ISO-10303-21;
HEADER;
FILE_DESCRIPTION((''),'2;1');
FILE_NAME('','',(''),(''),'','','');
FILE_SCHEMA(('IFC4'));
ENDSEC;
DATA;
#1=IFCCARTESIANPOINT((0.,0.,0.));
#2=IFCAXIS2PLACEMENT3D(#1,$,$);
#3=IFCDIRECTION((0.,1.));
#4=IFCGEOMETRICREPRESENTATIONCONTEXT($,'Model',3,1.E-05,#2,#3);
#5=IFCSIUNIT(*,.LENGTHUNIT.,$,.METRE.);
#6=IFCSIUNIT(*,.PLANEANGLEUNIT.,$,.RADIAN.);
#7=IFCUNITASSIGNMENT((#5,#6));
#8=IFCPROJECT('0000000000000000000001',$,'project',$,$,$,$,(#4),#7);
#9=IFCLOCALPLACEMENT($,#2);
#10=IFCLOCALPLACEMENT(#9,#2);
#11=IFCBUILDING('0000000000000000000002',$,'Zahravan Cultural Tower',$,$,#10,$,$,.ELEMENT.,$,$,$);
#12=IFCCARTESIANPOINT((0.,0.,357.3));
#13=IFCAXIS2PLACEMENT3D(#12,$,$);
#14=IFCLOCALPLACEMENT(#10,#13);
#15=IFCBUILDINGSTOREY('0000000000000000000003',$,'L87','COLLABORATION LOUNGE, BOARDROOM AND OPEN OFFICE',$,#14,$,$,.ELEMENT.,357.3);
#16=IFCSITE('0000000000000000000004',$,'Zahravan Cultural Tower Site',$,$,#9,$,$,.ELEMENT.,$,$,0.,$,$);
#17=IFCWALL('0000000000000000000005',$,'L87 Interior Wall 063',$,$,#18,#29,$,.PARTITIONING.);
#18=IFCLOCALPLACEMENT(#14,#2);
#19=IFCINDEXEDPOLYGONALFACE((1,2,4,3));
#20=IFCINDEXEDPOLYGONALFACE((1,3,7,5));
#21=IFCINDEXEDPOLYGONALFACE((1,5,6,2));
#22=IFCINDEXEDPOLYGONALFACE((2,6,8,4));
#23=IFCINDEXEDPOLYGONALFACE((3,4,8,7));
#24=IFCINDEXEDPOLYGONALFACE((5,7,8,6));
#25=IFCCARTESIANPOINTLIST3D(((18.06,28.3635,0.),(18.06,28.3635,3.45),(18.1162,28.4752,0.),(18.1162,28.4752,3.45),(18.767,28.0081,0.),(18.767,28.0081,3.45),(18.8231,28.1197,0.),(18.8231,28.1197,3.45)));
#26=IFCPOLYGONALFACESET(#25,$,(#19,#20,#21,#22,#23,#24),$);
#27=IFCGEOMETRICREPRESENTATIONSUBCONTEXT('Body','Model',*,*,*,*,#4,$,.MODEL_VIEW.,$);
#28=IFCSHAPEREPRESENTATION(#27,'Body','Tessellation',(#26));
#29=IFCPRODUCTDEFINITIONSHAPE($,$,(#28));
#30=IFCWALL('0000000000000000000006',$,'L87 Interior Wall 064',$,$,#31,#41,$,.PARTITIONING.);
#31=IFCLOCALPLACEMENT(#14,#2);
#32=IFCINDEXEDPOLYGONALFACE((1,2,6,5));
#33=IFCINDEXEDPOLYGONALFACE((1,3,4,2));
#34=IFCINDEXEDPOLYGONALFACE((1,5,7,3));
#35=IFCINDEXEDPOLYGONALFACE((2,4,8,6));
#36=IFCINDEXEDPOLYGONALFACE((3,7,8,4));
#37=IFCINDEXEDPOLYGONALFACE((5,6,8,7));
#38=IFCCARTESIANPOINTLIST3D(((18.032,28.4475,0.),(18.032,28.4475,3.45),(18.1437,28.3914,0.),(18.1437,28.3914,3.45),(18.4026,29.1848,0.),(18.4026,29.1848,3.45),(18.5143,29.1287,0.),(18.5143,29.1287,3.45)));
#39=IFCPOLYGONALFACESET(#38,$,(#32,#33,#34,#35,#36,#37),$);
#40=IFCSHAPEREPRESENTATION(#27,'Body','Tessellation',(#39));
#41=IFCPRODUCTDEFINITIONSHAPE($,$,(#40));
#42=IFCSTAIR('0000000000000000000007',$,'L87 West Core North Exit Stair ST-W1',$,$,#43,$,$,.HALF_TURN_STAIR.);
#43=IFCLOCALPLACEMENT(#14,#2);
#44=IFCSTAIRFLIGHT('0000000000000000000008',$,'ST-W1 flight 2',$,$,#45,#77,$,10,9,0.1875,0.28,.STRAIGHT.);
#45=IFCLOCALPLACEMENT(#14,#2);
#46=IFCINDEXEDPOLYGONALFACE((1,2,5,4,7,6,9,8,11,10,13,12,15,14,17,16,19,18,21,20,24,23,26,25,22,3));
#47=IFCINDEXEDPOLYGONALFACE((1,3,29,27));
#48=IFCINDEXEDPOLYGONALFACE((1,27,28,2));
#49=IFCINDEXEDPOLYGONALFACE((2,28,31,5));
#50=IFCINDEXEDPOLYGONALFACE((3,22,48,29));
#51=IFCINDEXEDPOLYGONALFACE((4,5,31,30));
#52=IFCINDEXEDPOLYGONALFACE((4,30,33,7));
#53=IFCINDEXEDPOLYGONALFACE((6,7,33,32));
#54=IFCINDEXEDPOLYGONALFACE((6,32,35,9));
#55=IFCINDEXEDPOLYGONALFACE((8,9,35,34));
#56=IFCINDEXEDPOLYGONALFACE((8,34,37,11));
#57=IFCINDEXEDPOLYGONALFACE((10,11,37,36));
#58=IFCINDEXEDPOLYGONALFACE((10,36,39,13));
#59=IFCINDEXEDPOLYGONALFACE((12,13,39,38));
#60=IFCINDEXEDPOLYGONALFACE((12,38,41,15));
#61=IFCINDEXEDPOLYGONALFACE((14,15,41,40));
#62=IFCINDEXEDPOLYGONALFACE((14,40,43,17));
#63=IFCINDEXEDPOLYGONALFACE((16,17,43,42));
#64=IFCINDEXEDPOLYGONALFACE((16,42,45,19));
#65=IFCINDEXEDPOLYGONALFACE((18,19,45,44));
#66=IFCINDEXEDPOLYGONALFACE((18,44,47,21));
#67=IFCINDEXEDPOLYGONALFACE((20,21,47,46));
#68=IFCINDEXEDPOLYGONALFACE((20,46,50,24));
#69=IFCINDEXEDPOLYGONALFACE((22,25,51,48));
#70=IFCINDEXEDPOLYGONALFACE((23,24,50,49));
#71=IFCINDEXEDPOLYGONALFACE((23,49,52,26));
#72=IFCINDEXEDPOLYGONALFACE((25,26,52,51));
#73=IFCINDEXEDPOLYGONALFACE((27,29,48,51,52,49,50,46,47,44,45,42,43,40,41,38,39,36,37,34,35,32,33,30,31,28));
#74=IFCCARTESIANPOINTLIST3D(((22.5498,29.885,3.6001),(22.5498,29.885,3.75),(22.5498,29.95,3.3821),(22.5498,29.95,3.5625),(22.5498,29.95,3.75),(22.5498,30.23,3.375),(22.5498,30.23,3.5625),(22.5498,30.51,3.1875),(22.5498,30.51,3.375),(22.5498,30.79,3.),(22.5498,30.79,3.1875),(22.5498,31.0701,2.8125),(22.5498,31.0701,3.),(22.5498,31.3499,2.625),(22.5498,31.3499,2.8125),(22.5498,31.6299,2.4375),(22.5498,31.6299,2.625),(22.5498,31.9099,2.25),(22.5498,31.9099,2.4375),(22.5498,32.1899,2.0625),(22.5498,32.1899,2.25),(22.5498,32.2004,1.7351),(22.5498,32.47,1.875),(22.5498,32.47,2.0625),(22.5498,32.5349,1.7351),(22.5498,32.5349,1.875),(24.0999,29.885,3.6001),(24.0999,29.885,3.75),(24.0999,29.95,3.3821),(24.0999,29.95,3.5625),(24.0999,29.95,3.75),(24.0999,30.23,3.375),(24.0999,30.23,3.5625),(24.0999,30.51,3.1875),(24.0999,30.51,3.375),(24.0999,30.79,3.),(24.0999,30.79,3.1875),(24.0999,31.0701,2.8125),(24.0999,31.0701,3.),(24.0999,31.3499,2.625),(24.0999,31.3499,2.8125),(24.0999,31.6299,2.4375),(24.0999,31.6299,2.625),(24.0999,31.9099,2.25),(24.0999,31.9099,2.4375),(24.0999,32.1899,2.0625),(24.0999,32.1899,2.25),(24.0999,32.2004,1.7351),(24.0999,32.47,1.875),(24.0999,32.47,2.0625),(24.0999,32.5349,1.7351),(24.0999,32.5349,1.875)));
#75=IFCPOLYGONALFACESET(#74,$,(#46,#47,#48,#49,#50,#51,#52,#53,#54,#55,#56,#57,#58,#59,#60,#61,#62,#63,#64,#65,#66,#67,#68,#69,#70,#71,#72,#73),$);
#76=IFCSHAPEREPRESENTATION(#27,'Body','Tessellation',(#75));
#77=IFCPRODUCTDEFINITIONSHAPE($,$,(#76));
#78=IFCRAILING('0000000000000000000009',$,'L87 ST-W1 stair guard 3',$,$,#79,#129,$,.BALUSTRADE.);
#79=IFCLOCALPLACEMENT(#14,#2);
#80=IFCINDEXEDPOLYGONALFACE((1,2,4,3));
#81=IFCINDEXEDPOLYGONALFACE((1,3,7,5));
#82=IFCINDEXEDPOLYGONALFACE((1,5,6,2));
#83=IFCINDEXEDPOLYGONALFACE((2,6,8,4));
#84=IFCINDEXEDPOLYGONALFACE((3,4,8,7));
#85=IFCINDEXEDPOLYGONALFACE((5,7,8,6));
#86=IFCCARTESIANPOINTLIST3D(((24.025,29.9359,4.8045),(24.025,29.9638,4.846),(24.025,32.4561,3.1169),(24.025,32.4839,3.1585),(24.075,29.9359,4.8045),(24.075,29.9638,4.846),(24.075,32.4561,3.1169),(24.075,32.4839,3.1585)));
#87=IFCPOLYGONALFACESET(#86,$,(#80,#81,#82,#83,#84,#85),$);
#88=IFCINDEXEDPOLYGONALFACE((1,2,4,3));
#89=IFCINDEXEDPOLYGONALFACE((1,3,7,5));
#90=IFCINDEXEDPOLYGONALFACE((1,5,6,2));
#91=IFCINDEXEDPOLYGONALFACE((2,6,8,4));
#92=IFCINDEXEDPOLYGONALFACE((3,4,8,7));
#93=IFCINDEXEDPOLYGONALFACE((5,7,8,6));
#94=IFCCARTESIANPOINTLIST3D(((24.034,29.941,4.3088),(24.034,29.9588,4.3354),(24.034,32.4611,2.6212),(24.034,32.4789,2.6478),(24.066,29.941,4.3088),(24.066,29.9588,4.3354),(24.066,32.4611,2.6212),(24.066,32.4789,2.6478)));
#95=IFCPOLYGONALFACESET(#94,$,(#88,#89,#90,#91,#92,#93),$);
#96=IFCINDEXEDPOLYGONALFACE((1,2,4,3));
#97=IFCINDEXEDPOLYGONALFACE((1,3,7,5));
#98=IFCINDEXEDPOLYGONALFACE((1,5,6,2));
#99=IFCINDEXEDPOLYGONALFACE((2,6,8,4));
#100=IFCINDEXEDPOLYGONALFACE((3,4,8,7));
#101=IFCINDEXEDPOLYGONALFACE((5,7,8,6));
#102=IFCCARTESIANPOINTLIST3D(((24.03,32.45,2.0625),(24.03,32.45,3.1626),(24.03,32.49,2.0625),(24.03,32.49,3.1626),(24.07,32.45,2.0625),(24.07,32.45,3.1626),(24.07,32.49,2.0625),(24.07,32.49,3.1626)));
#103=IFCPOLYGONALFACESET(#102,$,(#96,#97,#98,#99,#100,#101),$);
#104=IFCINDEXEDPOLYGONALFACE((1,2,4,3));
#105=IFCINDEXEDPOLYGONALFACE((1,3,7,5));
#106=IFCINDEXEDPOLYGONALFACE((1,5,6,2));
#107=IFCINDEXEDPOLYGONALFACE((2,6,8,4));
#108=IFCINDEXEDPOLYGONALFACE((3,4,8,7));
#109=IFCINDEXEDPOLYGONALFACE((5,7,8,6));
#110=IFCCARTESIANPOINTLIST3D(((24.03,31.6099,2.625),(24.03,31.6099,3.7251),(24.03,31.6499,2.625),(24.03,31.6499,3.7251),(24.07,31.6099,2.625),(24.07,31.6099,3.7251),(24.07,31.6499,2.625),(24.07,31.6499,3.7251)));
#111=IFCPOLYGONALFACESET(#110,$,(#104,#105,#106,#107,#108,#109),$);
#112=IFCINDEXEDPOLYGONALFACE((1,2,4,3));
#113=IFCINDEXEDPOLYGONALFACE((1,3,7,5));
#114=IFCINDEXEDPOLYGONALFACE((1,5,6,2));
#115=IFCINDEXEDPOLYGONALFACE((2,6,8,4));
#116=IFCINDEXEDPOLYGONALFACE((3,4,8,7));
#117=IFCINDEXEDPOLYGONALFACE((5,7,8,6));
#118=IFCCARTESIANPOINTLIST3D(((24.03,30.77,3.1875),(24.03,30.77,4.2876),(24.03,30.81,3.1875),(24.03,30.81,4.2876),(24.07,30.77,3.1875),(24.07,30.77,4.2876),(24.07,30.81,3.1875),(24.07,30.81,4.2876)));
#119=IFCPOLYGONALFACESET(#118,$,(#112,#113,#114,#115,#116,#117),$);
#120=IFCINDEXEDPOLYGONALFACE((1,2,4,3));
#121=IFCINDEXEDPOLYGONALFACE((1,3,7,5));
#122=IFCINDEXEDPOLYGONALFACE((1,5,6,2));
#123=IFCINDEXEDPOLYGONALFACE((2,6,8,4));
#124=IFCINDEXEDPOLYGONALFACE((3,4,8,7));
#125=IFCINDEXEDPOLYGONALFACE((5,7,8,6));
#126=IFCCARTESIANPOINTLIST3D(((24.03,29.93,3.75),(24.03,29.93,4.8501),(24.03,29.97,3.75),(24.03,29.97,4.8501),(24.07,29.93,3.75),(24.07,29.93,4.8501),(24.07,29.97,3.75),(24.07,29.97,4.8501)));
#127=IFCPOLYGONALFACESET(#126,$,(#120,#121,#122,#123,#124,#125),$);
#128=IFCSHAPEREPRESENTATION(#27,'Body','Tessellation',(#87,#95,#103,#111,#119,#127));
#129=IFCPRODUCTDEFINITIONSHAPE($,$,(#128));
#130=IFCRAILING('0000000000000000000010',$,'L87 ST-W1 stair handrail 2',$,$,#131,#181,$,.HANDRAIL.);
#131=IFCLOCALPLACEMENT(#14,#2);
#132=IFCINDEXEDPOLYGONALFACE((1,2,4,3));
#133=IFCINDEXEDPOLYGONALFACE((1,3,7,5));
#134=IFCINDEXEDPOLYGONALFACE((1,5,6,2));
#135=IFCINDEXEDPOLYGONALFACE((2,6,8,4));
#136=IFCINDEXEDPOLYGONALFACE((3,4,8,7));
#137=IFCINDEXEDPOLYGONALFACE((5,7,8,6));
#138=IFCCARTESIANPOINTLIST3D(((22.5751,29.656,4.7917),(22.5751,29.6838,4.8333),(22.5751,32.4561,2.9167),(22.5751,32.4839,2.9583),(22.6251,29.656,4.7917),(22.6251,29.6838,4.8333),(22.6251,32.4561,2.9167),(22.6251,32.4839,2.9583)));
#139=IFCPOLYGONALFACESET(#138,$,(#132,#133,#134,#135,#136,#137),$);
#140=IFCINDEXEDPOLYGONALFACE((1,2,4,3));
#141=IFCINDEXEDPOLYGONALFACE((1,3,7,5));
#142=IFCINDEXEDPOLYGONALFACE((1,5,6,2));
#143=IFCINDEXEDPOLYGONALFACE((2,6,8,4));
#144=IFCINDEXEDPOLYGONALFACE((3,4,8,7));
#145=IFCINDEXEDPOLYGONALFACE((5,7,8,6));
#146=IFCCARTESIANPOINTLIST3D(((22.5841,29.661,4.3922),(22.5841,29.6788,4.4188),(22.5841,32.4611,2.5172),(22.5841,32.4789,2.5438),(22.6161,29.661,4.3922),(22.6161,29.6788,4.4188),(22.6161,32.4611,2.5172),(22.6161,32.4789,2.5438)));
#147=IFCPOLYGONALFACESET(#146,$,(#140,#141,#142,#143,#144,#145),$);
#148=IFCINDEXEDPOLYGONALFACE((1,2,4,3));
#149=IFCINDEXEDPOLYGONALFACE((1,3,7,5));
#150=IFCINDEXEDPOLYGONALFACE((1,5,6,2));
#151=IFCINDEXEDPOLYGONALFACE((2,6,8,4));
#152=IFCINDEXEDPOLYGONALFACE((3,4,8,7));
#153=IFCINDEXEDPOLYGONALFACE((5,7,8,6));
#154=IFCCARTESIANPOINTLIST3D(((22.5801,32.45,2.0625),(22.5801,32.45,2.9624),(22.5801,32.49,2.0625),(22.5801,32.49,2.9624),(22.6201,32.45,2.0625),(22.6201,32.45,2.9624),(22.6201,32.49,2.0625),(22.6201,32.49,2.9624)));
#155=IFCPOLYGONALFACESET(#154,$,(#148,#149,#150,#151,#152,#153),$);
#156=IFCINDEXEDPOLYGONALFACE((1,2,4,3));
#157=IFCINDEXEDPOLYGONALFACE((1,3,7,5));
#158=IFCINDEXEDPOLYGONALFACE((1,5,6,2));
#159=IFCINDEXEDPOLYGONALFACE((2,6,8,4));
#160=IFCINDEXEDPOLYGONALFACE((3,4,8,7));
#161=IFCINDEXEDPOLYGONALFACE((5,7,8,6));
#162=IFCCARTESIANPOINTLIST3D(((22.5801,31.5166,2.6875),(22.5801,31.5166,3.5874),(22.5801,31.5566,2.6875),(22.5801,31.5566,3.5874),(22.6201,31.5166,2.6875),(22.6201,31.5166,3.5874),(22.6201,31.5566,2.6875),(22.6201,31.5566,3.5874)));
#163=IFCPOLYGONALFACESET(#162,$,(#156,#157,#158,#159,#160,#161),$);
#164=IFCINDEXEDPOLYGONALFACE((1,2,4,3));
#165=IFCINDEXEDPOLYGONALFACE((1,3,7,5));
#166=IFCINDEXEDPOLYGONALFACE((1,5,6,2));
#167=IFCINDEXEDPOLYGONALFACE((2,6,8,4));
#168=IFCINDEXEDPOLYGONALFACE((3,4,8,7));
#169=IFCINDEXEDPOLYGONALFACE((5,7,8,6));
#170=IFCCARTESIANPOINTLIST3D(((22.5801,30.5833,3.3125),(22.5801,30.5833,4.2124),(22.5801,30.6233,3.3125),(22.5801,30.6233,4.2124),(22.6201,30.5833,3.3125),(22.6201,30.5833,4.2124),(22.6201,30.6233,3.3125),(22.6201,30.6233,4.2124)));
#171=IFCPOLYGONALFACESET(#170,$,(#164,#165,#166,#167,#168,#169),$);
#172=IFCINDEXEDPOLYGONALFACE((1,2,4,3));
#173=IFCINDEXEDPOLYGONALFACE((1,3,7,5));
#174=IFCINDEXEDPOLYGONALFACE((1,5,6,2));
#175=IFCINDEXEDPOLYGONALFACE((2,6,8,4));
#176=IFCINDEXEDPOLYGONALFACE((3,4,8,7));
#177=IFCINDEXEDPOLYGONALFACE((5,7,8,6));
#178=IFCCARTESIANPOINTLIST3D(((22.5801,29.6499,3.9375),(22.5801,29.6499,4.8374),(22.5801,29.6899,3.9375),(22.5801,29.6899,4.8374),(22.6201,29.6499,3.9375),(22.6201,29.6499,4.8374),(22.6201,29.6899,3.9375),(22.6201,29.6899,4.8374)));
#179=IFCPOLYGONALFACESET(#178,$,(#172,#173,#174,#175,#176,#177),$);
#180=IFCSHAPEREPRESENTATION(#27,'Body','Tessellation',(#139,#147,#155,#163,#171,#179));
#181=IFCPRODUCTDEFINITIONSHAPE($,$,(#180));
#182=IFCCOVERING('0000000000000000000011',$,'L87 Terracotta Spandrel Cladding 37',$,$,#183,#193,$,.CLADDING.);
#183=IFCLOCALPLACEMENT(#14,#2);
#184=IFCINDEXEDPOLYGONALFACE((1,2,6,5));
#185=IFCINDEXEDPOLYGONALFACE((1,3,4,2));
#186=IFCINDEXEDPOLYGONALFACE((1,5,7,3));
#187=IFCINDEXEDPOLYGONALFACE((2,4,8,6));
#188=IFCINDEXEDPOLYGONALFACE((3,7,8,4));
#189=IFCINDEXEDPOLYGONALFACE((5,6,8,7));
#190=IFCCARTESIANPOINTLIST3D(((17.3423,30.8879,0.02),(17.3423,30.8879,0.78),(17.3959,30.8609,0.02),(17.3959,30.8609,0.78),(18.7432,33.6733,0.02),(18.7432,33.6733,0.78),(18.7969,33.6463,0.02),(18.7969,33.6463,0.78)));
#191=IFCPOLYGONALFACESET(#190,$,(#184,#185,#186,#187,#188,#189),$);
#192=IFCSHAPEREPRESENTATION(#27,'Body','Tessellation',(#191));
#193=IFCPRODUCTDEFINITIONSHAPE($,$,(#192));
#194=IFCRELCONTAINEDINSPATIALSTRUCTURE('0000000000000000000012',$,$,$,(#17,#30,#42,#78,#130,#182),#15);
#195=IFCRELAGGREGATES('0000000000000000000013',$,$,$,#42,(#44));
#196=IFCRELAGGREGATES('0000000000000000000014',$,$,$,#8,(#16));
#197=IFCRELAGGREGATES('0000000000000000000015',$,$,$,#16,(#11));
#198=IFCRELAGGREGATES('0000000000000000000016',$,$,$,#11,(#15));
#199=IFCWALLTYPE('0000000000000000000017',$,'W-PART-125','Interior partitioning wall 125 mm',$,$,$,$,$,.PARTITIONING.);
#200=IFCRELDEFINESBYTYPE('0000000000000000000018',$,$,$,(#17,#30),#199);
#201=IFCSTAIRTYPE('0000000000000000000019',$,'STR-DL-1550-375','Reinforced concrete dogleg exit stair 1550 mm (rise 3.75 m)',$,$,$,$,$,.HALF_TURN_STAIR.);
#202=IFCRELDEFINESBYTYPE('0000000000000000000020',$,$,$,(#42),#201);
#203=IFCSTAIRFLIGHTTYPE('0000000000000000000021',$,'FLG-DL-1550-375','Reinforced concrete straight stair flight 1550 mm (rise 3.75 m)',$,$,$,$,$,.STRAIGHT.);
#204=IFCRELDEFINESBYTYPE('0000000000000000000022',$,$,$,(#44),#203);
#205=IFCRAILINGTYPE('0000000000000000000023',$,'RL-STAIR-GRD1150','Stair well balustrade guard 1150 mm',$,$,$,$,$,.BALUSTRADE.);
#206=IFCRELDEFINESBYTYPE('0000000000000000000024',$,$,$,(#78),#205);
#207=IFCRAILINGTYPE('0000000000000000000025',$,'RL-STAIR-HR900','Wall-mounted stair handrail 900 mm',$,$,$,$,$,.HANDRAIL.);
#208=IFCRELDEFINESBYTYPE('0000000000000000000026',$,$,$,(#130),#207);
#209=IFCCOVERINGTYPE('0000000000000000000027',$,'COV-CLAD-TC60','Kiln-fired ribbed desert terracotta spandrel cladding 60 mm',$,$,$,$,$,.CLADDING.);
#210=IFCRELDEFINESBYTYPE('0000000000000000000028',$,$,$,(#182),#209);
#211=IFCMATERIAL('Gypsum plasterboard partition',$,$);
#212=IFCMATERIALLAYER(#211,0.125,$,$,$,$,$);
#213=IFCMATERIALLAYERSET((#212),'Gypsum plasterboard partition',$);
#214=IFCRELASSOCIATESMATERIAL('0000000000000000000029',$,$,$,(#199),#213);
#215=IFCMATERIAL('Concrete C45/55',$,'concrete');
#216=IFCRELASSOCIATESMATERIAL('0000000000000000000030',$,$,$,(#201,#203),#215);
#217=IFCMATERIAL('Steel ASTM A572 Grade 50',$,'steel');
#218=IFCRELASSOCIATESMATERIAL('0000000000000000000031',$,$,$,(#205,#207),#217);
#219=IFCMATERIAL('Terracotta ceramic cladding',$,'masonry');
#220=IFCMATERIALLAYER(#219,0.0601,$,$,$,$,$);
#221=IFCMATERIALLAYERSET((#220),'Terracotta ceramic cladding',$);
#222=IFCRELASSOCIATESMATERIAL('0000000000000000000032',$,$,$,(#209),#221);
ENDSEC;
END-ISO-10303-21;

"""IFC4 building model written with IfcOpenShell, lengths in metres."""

from ifc_helpers import new_model, si_unit, direction, frame, frame_2d, origin, origin_2d, place, context, subcontext, project, spatial, polyline, rectangle, outline, extrude, source, transform, mapped, material, layer, layer_set, type_object, element, aggregate, save


model = new_model("IFC4")

# Units and contexts
model_context = context("Model", 3, precision=1e-05, world=origin(), true_north=direction((0.0, 1.0)))
body_context = subcontext(model_context, "Body", "Model", "MODEL_VIEW")
ifc_project = project(units=[si_unit("LENGTHUNIT", "METRE"), si_unit("PLANEANGLEUNIT", "RADIAN")], contexts=[model_context])

# Site, building, storey
site_placement = place(None, origin())
site = spatial("IfcSite", under=ifc_project, at=site_placement, Name="Zahravan Cultural Tower Site", CompositionType="ELEMENT", RefElevation=0.0)
building_placement = place(site_placement, origin())
building = spatial("IfcBuilding", under=site, at=building_placement, Name="Zahravan Cultural Tower", CompositionType="ELEMENT")
storey_placement = place(building_placement, frame((0.0, 0.0, 357.3)))
storey = spatial("IfcBuildingStorey", under=building, at=storey_placement, Name="L87", Description="COLLABORATION LOUNGE, BOARDROOM AND OPEN OFFICE", CompositionType="ELEMENT", Elevation=357.3)

# Shared definitions
ifc_material_1 = material(Name="Gypsum plasterboard partition")
ifc_layer_1 = layer(ifc_material_1, 0.125)
ifc_layer_set_1 = layer_set([ifc_layer_1], Name="Gypsum plasterboard partition")
wall_type_1 = type_object("IfcWallType", Name="W-PART-125", Description="Interior partitioning wall 125 mm", PredefinedType="PARTITIONING", material=ifc_layer_set_1)

# Walls
ifc_material_2 = material(Name="Concrete C45/55", Category="concrete")
shared_shape_1 = source(origin(), body_context, "Body", "SweptSolid", [
    extrude(rectangle(XDim=0.7913, YDim=0.125, at=frame_2d((0.3955, 0.0))), origin(), (0.0, 0.0, 1.0), 3.45),
])
wall_1_placement = place(storey_placement, frame((18.7949, 28.064, 0.0), z_axis=(0.0, 0.0, 1.0), x_axis=(-0.893438, 0.449187, 0.0)))
element("IfcWall", 1, at=wall_1_placement, inside=storey, type_object=wall_type_1, Name="L87 Interior Wall 063", PredefinedType="PARTITIONING", context=body_context, shape_type="MappedRepresentation", body=[
    mapped(shared_shape_1, transform((0.0, 0.0, 0.0), x_axis=(1.0, 0.0, 0.0), y_axis=(0.0, 1.0, 0.0), z_axis=(0.0, 0.0, 1.0), scale=1.0)),
])
shared_shape_2 = source(origin(), body_context, "Body", "SweptSolid", [
    extrude(rectangle(XDim=0.8252, YDim=0.125, at=frame_2d((0.4126, 0.0))), origin(), (0.0, 0.0, 1.0), 3.45),
])
wall_2_placement = place(storey_placement, frame((18.0879, 28.4194, 0.0), z_axis=(0.0, 0.0, 1.0), x_axis=(0.449106, 0.893478, 0.0)))
element("IfcWall", 2, at=wall_2_placement, inside=storey, type_object=wall_type_1, Name="L87 Interior Wall 064", PredefinedType="PARTITIONING", context=body_context, shape_type="MappedRepresentation", body=[
    mapped(shared_shape_2, transform((0.0, 0.0, 0.0), x_axis=(1.0, 0.0, 0.0), y_axis=(0.0, 1.0, 0.0), z_axis=(0.0, 0.0, 1.0), scale=1.0)),
])

# Stair, stair flight
stair_type = type_object("IfcStairType", Name="STR-DL-1550-375", Description="Reinforced concrete dogleg exit stair 1550 mm (rise 3.75 m)", PredefinedType="HALF_TURN_STAIR", material=ifc_material_2)
stair_placement = place(storey_placement, origin())
stair = element("IfcStair", 3, at=stair_placement, inside=storey, type_object=stair_type, Name="L87 West Core North Exit Stair ST-W1", PredefinedType="HALF_TURN_STAIR")
stair_flight_type = type_object("IfcStairFlightType", Name="FLG-DL-1550-375", Description="Reinforced concrete straight stair flight 1550 mm (rise 3.75 m)", PredefinedType="STRAIGHT", material=ifc_material_2)
stair_flight_placement = place(storey_placement, frame((23.325, 32.47, 1.875), z_axis=(0.0, 0.0, 1.0), x_axis=(0.0, -1.0, 0.0)))
stair_flight = element("IfcStairFlight", 4, at=stair_flight_placement, type_object=stair_flight_type, Name="ST-W1 flight 2", NumberOfRisers=10, NumberOfTreads=9, PredefinedType="STRAIGHT", RiserHeight=0.1875, TreadLength=0.28, context=body_context, shape_type="SweptSolid", body=[
    extrude(outline(polyline([(-0.0649, -0.1399), (-0.0649, 0.0), (0.0, 0.0), (0.0, 0.1875), (0.28, 0.1875), (0.28, 0.375), (0.5601, 0.375), (0.5601, 0.5625), (0.8401, 0.5625), (0.8401, 0.75), (1.1201, 0.75), (1.1201, 0.9375), (1.3999, 0.9375), (1.3999, 1.125), (1.6799, 1.125), (1.6799, 1.3125), (1.96, 1.3125), (1.96, 1.5), (2.24, 1.5), (2.24, 1.6875), (2.52, 1.6875), (2.52, 1.875), (2.585, 1.875), (2.585, 1.7251), (2.52, 1.5071), (0.2695, -0.1399), (-0.0649, -0.1399)])), frame((0.0, 0.7749, 0.0), z_axis=(0.0, -1.0, 0.0), x_axis=(1.0, 0.0, 0.0)), (0.0, 0.0, 1.0), 1.55),
])
aggregate(stair, [stair_flight])

# Railings
ifc_material_3 = material(Name="Steel ASTM A572 Grade 50", Category="steel")
railing_type_1 = type_object("IfcRailingType", Name="RL-STAIR-GRD1150", Description="Stair well balustrade guard 1150 mm", PredefinedType="BALUSTRADE", material=ifc_material_3)
railing_1_placement = place(storey_placement, frame((24.05, 32.47, 2.0625)))
element("IfcRailing", 5, at=railing_1_placement, inside=storey, type_object=railing_type_1, Name="L87 ST-W1 stair guard 3", PredefinedType="BALUSTRADE", context=body_context, shape_type="SweptSolid", body=[
    extrude(rectangle(XDim=0.05, YDim=0.05, at=origin_2d()), frame((0.0, 0.0, 1.0752), z_axis=(0.0, -0.830909, 0.556408), x_axis=(1.0, 0.0, 0.0)), (0.0, 0.0, 1.0), 3.033),
    extrude(rectangle(XDim=0.032, YDim=0.032, at=origin_2d()), frame((0.0, 0.0, 0.572), z_axis=(0.0, -0.830909, 0.556408), x_axis=(1.0, 0.0, 0.0)), (0.0, 0.0, 1.0), 3.033),
    extrude(rectangle(XDim=0.04, YDim=0.04, at=origin_2d()), origin(), (0.0, 0.0, 1.0), 1.1001),
    extrude(rectangle(XDim=0.04, YDim=0.04, at=origin_2d()), frame((0.0, -0.8401, 0.5625)), (0.0, 0.0, 1.0), 1.1001),
    extrude(rectangle(XDim=0.04, YDim=0.04, at=origin_2d()), frame((0.0, -1.6799, 1.125)), (0.0, 0.0, 1.0), 1.1001),
    extrude(rectangle(XDim=0.04, YDim=0.04, at=origin_2d()), frame((0.0, -2.52, 1.6875)), (0.0, 0.0, 1.0), 1.1001),
])
railing_type_2 = type_object("IfcRailingType", Name="RL-STAIR-HR900", Description="Wall-mounted stair handrail 900 mm", PredefinedType="HANDRAIL", material=ifc_material_3)
railing_2_placement = place(storey_placement, frame((22.6001, 32.47, 2.0625)))
element("IfcRailing", 6, at=railing_2_placement, inside=storey, type_object=railing_type_2, Name="L87 ST-W1 stair handrail 2", PredefinedType="HANDRAIL", context=body_context, shape_type="SweptSolid", body=[
    extrude(rectangle(XDim=0.05, YDim=0.05, at=origin_2d()), frame((0.0, 0.0, 0.875), z_axis=(0.0, -0.830912, 0.556404), x_axis=(1.0, 0.0, 0.0)), (0.0, 0.0, 1.0), 3.3699),
    extrude(rectangle(XDim=0.032, YDim=0.032, at=origin_2d()), frame((0.0, 0.0, 0.468), z_axis=(0.0, -0.830912, 0.556404), x_axis=(1.0, 0.0, 0.0)), (0.0, 0.0, 1.0), 3.3699),
    extrude(rectangle(XDim=0.04, YDim=0.04, at=origin_2d()), origin(), (0.0, 0.0, 1.0), 0.8999),
    extrude(rectangle(XDim=0.04, YDim=0.04, at=origin_2d()), frame((0.0, -0.9333, 0.625)), (0.0, 0.0, 1.0), 0.8999),
    extrude(rectangle(XDim=0.04, YDim=0.04, at=origin_2d()), frame((0.0, -1.8667, 1.25)), (0.0, 0.0, 1.0), 0.8999),
    extrude(rectangle(XDim=0.04, YDim=0.04, at=origin_2d()), frame((0.0, -2.8, 1.875)), (0.0, 0.0, 1.0), 0.8999),
])

# Covering
ifc_material_4 = material(Name="Terracotta ceramic cladding", Category="masonry")
ifc_layer_2 = layer(ifc_material_4, 0.0601)
ifc_layer_set_2 = layer_set([ifc_layer_2], Name="Terracotta ceramic cladding")
covering_type = type_object("IfcCoveringType", Name="COV-CLAD-TC60", Description="Kiln-fired ribbed desert terracotta spandrel cladding 60 mm", PredefinedType="CLADDING", material=ifc_layer_set_2)
shared_shape_3 = source(origin(), body_context, "Body", "SweptSolid", [
    extrude(rectangle(XDim=3.1179, YDim=0.0601, at=origin_2d()), origin(), (0.0, 0.0, 1.0), 0.76),
])
covering_placement = place(storey_placement, frame((18.0696, 32.2671, 0.02), z_axis=(0.0, 0.0, 1.0), x_axis=(0.449319, 0.893371, 0.0)))
element("IfcCovering", 7, at=covering_placement, inside=storey, type_object=covering_type, Name="L87 Terracotta Spandrel Cladding 37", PredefinedType="CLADDING", context=body_context, shape_type="MappedRepresentation", body=[
    mapped(shared_shape_3, transform((0.0, 0.0, 0.0), x_axis=(1.0, 0.0, 0.0), y_axis=(0.0, 1.0, 0.0), z_axis=(0.0, 0.0, 1.0), scale=1.0)),
])

save(model, "model.ifc")
